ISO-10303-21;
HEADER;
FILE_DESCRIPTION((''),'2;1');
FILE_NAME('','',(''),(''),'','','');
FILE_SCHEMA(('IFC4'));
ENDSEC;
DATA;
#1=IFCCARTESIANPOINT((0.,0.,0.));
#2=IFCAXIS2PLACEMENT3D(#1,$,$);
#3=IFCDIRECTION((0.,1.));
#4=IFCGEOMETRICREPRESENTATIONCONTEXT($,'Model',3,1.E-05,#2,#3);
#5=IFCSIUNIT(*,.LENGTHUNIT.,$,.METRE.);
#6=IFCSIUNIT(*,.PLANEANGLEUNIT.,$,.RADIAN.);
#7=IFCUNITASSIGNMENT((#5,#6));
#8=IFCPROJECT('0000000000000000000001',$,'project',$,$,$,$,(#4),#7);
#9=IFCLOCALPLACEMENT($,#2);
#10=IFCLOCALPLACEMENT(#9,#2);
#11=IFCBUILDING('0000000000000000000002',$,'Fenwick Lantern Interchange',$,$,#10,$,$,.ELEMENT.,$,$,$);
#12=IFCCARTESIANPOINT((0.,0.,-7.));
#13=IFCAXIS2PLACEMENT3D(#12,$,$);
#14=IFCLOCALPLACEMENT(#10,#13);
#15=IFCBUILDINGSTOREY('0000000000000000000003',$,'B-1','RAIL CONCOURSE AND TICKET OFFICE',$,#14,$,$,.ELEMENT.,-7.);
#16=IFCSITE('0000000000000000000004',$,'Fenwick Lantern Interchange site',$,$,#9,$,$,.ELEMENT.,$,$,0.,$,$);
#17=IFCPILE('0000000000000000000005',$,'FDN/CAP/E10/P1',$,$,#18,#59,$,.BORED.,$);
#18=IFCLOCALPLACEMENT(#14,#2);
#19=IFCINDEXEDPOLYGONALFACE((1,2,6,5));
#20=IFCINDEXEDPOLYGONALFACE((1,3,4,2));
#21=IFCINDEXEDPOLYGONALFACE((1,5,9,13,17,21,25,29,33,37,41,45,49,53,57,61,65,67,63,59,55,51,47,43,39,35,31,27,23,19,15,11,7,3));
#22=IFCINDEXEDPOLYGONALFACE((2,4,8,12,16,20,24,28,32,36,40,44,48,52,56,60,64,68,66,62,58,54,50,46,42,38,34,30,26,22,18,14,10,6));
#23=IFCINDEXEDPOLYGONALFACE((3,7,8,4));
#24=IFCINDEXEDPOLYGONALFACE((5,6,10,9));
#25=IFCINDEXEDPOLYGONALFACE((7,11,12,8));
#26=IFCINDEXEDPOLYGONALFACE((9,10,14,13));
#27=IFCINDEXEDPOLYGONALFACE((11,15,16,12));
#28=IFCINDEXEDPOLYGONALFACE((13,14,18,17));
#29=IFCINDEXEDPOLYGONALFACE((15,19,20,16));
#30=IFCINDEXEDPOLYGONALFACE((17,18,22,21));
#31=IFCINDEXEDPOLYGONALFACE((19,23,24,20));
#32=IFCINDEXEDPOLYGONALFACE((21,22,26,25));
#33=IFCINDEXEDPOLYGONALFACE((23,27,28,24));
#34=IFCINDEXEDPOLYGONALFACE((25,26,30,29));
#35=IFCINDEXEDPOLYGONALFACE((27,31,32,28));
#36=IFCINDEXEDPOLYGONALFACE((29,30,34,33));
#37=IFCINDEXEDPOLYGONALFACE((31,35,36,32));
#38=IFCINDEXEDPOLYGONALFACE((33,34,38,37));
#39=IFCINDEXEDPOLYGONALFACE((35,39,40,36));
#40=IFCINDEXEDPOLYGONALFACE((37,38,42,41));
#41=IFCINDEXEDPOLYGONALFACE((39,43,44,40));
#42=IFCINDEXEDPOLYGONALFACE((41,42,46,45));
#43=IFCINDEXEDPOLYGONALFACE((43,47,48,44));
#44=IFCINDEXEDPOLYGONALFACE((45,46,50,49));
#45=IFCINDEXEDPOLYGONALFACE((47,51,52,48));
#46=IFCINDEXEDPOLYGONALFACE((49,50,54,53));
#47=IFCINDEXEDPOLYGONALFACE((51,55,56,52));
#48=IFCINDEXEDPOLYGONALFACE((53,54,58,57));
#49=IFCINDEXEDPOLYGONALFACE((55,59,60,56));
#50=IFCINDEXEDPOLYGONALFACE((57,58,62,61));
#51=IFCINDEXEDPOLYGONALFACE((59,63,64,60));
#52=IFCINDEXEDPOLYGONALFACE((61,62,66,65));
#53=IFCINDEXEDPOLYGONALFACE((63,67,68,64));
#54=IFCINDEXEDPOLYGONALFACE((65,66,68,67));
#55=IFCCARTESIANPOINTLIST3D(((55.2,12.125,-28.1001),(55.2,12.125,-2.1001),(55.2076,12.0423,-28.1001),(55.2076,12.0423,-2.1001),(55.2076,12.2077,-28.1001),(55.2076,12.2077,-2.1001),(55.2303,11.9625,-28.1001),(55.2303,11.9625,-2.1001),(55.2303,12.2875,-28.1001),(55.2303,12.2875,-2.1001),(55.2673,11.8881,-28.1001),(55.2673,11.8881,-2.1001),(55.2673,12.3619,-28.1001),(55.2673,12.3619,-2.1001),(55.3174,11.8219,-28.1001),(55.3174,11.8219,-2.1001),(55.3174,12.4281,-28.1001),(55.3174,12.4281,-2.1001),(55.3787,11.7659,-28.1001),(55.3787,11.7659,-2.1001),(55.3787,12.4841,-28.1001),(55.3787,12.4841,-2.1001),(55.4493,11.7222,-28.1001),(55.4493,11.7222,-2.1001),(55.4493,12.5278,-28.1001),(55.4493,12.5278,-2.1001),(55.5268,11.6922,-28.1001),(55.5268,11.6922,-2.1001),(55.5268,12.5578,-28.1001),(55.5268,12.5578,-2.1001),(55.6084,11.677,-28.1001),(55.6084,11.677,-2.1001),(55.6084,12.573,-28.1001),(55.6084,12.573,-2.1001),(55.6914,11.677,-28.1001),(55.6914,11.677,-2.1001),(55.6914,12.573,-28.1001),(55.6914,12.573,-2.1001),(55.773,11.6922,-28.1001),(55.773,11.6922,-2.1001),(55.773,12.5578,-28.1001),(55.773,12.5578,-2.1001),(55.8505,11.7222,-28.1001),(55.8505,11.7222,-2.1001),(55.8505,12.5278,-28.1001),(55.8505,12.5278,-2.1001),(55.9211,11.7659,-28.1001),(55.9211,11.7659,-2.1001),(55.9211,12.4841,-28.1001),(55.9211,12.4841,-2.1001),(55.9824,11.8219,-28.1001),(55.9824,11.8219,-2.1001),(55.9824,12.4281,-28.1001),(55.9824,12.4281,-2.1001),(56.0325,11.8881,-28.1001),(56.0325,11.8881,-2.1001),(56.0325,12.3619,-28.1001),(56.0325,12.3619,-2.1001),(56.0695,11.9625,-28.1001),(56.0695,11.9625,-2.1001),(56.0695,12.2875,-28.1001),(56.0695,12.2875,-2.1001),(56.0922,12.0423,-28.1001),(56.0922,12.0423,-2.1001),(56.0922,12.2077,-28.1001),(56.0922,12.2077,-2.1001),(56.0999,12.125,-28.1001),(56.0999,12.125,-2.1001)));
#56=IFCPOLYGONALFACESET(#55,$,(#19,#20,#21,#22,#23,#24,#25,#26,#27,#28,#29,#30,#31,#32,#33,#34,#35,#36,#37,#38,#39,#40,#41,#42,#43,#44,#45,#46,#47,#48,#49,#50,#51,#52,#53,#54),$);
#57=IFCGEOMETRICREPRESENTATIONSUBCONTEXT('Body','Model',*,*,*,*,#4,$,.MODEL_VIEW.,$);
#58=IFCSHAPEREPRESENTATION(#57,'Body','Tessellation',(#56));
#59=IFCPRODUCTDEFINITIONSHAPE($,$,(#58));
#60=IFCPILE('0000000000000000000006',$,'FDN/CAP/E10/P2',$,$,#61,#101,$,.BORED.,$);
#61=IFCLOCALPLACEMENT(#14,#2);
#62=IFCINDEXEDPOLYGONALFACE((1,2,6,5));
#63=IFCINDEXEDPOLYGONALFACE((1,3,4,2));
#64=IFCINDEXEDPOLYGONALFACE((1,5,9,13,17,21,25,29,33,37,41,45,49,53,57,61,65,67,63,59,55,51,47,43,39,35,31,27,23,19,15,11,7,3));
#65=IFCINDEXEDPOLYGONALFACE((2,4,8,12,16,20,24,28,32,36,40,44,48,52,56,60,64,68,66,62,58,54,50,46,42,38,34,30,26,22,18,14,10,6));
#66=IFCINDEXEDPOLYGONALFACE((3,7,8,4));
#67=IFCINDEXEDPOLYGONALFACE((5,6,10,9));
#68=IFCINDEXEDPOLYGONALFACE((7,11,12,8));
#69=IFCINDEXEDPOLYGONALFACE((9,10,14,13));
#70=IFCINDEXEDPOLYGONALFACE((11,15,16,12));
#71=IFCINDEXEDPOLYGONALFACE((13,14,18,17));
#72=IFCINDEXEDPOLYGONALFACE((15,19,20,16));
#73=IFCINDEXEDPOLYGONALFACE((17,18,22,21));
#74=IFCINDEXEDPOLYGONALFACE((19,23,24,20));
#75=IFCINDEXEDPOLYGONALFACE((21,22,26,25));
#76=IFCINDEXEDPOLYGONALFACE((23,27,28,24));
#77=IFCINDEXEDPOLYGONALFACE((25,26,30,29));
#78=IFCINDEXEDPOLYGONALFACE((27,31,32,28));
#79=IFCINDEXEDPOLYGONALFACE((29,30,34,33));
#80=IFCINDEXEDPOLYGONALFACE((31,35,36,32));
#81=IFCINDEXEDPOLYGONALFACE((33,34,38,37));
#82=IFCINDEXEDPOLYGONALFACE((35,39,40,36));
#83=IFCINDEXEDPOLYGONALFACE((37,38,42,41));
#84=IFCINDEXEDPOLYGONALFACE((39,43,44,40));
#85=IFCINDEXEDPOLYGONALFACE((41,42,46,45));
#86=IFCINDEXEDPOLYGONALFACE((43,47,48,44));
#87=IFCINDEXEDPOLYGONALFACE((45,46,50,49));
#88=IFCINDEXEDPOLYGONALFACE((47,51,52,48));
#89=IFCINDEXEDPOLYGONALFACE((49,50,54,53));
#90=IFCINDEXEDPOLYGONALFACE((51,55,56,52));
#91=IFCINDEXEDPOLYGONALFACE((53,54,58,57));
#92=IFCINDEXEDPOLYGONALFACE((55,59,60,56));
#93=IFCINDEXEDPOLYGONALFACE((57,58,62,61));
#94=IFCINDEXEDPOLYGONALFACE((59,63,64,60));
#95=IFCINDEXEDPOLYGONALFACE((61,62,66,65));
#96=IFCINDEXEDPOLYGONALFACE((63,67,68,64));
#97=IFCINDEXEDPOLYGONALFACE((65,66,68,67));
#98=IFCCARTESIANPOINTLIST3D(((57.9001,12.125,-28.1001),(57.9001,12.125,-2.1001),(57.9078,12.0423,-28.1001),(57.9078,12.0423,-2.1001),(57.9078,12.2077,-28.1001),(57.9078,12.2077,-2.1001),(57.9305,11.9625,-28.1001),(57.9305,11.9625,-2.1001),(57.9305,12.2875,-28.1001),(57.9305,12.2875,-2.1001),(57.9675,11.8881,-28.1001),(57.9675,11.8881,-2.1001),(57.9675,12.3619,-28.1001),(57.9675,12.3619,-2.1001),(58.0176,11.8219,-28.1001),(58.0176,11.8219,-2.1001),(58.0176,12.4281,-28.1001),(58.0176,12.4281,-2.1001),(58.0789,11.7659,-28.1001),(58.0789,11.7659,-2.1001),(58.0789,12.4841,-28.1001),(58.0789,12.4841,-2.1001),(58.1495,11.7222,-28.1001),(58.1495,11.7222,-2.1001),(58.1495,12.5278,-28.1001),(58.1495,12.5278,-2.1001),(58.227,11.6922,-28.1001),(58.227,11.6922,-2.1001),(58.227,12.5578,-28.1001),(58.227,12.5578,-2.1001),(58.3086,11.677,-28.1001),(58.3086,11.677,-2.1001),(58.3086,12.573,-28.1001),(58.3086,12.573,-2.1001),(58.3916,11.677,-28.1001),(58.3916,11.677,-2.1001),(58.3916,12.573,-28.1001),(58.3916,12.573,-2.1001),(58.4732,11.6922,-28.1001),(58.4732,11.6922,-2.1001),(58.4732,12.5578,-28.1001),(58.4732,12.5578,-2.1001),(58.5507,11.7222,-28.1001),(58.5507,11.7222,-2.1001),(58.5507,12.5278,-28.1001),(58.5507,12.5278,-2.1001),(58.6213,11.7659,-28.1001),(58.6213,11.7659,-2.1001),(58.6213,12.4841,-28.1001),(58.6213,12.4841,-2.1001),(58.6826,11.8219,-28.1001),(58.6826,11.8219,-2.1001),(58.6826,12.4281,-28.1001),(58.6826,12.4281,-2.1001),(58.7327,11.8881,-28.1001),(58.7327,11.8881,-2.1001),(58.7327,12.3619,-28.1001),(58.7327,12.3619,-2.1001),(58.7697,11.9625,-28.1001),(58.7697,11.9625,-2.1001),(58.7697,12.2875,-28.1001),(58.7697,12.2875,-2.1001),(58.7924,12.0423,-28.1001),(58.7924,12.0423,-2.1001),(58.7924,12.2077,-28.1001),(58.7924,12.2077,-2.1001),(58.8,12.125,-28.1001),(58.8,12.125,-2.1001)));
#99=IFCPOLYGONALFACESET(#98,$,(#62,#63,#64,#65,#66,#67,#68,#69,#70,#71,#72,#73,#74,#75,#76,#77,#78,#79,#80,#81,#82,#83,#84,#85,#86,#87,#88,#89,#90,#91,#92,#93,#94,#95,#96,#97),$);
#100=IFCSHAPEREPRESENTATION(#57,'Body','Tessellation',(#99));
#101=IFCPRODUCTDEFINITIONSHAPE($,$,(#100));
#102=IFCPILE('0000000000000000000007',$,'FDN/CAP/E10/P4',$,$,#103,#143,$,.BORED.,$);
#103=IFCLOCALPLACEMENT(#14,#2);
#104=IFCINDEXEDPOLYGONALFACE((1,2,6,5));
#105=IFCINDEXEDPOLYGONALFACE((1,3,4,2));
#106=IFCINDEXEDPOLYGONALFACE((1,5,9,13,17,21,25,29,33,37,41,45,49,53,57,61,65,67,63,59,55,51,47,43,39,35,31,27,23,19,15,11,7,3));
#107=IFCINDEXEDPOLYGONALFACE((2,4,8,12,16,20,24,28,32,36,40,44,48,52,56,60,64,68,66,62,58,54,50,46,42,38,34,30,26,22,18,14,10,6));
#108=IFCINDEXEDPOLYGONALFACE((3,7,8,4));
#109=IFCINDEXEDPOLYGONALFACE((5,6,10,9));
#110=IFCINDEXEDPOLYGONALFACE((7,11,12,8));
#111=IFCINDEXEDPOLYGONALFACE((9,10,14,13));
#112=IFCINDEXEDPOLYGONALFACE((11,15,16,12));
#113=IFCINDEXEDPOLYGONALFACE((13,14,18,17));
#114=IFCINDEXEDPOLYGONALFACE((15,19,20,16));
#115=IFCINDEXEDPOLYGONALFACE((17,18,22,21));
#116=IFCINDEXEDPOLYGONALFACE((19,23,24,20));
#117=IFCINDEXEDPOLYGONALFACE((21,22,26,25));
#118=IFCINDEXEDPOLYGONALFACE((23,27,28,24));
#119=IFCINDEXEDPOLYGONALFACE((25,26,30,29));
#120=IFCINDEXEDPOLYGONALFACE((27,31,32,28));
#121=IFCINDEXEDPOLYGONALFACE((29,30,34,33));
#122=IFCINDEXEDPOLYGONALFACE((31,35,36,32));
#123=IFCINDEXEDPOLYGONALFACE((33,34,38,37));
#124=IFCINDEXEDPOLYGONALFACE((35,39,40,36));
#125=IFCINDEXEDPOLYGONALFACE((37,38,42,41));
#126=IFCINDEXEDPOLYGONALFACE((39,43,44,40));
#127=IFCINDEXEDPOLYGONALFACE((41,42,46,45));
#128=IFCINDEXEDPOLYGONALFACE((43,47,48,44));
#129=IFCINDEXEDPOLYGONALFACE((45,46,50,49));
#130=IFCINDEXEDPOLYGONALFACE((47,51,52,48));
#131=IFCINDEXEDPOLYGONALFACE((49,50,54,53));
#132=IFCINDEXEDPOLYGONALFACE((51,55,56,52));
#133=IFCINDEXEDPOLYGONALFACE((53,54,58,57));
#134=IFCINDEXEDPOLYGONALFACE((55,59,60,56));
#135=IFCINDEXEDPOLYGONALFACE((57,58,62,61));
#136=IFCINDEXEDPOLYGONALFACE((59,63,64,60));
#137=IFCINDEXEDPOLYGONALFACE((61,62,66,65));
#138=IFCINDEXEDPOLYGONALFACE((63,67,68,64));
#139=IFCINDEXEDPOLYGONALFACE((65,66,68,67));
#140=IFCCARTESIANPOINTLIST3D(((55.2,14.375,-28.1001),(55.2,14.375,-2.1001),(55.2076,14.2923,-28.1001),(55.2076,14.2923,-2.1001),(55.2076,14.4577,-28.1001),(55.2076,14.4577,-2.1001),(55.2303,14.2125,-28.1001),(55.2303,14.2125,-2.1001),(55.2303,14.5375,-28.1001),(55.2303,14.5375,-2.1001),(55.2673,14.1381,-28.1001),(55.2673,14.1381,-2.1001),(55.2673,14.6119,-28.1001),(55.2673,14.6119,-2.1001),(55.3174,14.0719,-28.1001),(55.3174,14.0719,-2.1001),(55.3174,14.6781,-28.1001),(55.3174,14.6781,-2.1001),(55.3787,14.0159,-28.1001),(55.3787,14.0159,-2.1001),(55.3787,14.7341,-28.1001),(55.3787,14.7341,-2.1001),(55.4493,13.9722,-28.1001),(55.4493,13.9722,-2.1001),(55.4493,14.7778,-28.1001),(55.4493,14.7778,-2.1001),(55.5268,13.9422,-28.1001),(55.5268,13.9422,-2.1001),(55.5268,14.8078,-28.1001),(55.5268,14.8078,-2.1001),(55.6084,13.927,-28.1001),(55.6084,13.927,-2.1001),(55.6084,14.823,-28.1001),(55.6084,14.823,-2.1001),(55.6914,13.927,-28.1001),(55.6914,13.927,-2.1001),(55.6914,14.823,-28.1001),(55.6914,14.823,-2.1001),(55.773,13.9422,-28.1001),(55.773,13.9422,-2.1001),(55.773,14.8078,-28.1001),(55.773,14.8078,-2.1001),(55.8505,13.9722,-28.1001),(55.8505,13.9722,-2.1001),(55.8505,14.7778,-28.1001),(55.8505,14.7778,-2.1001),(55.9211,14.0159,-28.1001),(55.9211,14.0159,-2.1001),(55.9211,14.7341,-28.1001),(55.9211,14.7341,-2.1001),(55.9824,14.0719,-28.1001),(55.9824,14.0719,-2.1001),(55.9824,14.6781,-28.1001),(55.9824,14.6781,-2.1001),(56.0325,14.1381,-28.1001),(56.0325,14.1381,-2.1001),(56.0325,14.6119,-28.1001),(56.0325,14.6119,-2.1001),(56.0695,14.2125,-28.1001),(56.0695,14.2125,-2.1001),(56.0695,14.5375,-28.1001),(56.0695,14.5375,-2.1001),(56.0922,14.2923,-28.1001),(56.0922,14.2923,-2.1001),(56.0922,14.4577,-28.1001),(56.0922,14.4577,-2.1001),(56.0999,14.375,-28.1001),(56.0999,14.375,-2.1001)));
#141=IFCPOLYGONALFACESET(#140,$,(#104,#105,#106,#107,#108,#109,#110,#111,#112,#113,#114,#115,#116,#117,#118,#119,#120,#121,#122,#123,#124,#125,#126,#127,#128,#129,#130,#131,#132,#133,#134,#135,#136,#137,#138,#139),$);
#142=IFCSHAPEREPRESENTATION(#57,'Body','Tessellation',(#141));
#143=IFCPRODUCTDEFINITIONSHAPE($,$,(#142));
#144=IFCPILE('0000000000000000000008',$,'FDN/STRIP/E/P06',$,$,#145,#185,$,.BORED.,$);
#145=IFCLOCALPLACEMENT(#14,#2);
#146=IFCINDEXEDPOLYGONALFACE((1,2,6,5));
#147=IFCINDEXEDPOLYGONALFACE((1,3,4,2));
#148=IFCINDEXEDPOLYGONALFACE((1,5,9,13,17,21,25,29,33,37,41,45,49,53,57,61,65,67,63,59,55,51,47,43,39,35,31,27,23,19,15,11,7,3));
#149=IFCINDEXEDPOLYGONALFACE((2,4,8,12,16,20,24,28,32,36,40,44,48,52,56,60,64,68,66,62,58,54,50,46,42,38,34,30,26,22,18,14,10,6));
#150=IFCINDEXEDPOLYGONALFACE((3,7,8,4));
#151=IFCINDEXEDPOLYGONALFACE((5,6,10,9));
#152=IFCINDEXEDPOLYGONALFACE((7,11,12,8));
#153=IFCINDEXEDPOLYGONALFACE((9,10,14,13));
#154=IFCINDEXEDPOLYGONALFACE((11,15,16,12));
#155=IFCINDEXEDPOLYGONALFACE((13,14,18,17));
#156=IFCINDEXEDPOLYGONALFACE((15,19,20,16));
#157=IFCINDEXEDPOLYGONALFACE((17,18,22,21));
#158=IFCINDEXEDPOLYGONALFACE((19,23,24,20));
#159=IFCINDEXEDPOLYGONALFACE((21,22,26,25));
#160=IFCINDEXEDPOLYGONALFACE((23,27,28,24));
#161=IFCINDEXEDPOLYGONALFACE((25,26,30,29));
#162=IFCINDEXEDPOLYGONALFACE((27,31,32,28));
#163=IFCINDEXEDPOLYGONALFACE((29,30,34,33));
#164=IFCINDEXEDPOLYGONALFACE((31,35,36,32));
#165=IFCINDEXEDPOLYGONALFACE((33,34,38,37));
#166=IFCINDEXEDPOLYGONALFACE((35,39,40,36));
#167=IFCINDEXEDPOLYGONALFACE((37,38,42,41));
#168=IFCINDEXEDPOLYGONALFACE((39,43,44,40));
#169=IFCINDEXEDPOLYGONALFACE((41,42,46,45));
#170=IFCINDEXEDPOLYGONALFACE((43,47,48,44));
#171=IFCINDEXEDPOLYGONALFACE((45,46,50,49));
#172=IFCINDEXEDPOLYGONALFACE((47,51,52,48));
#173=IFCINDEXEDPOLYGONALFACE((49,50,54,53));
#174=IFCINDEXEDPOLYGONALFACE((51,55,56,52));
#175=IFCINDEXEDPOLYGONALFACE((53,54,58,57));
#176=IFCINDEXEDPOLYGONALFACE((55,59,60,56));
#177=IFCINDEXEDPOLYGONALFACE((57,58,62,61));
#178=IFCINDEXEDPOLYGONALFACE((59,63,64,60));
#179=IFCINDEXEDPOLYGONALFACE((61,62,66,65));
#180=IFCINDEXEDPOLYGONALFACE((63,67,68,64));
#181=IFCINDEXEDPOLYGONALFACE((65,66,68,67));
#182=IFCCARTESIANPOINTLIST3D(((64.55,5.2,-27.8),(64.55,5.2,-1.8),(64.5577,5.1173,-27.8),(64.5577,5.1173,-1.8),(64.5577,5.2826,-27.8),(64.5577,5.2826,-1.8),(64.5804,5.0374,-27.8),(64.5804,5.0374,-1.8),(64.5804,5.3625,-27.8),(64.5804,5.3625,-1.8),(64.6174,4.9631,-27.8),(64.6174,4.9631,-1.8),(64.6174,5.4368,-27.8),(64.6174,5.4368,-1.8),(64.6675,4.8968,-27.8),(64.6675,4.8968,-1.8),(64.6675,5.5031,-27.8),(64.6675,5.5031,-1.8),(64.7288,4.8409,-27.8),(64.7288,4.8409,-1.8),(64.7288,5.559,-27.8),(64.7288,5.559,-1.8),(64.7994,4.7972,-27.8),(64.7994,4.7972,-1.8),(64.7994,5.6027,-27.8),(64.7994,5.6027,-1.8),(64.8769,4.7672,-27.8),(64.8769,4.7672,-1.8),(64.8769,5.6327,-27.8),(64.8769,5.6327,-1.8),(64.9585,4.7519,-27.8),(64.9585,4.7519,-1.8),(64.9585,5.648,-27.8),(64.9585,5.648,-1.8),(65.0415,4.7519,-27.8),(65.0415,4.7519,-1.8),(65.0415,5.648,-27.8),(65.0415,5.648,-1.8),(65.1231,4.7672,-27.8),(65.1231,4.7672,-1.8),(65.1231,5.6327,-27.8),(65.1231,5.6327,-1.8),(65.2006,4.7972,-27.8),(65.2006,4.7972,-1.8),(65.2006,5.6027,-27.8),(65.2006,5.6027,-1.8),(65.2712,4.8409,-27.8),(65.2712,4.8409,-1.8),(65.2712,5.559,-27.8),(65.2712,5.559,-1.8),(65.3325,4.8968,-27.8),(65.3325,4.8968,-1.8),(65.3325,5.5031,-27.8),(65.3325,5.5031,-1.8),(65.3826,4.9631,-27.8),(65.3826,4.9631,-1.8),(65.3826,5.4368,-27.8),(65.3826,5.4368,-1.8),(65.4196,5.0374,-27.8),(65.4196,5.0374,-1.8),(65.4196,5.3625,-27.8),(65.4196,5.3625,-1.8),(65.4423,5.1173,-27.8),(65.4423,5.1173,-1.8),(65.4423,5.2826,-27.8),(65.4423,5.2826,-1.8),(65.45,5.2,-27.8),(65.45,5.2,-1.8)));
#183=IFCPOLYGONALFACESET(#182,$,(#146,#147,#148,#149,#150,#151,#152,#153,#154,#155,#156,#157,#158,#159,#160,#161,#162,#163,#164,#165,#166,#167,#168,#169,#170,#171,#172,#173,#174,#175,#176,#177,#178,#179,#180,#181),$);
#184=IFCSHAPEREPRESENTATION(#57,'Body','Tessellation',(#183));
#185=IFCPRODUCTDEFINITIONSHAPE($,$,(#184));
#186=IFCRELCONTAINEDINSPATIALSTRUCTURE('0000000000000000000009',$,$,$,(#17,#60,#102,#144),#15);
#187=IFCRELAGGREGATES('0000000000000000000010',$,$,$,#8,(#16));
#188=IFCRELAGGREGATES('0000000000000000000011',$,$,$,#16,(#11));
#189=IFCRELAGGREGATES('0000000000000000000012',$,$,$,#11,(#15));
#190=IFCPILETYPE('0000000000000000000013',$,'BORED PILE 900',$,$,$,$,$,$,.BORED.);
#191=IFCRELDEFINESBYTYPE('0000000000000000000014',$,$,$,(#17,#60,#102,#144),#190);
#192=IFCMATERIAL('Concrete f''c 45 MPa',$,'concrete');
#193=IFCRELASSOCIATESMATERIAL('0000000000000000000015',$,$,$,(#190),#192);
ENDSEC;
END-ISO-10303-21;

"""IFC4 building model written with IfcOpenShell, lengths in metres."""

from ifc_helpers import new_model, si_unit, direction, frame, origin, origin_2d, place, context, subcontext, project, spatial, circle, extrude, material, type_object, element, save


model = new_model("IFC4")

# Units and contexts
model_context = context("Model", 3, precision=1e-05, world=origin(), true_north=direction((0.0, 1.0)))
body_context = subcontext(model_context, "Body", "Model", "MODEL_VIEW")
ifc_project = project(units=[si_unit("LENGTHUNIT", "METRE"), si_unit("PLANEANGLEUNIT", "RADIAN")], contexts=[model_context])

# Site, building, storey
site_placement = place(None, origin())
site = spatial("IfcSite", under=ifc_project, at=site_placement, Name="Fenwick Lantern Interchange site", CompositionType="ELEMENT", RefElevation=0.0)
building_placement = place(site_placement, origin())
building = spatial("IfcBuilding", under=site, at=building_placement, Name="Fenwick Lantern Interchange", CompositionType="ELEMENT")
storey_placement = place(building_placement, frame((0.0, 0.0, -7.0)))
storey = spatial("IfcBuildingStorey", under=building, at=storey_placement, Name="B-1", Description="RAIL CONCOURSE AND TICKET OFFICE", CompositionType="ELEMENT", Elevation=-7.0)

# Piles
ifc_material_1 = material(Name="Concrete f'c 45 MPa", Category="concrete")
pile_type_1 = type_object("IfcPileType", Name="BORED PILE 900", PredefinedType="BORED", material=ifc_material_1)
for number, where, z_axis, x_axis, name in (
    (1, (55.6499, 12.125, -2.1001), (0.0, 0.0, -1.0), (1.0, 0.0, 0.0), "FDN/CAP/E10/P1"),
    (2, (58.3501, 12.125, -2.1001), (0.0, 0.0, -1.0), (1.0, 0.0, 0.0), "FDN/CAP/E10/P2"),
    (3, (55.6499, 14.375, -2.1001), (0.0, 0.0, -1.0), (1.0, 0.0, 0.0), "FDN/CAP/E10/P4"),
    (4, (65.0, 5.2, -1.8), (0.0, 0.0, -1.0), (1.0, 0.0, 0.0), "FDN/STRIP/E/P06"),
):
    element("IfcPile", number, at=place(storey_placement, frame(where, z_axis=z_axis, x_axis=x_axis)), inside=storey, type_object=pile_type_1, Name=name, PredefinedType="BORED", context=body_context, shape_type="SweptSolid", body=[
        extrude(circle(Radius=0.45, at=origin_2d()), origin(), (0.0, 0.0, 1.0), 26.0),
    ])

save(model, "model.ifc")
